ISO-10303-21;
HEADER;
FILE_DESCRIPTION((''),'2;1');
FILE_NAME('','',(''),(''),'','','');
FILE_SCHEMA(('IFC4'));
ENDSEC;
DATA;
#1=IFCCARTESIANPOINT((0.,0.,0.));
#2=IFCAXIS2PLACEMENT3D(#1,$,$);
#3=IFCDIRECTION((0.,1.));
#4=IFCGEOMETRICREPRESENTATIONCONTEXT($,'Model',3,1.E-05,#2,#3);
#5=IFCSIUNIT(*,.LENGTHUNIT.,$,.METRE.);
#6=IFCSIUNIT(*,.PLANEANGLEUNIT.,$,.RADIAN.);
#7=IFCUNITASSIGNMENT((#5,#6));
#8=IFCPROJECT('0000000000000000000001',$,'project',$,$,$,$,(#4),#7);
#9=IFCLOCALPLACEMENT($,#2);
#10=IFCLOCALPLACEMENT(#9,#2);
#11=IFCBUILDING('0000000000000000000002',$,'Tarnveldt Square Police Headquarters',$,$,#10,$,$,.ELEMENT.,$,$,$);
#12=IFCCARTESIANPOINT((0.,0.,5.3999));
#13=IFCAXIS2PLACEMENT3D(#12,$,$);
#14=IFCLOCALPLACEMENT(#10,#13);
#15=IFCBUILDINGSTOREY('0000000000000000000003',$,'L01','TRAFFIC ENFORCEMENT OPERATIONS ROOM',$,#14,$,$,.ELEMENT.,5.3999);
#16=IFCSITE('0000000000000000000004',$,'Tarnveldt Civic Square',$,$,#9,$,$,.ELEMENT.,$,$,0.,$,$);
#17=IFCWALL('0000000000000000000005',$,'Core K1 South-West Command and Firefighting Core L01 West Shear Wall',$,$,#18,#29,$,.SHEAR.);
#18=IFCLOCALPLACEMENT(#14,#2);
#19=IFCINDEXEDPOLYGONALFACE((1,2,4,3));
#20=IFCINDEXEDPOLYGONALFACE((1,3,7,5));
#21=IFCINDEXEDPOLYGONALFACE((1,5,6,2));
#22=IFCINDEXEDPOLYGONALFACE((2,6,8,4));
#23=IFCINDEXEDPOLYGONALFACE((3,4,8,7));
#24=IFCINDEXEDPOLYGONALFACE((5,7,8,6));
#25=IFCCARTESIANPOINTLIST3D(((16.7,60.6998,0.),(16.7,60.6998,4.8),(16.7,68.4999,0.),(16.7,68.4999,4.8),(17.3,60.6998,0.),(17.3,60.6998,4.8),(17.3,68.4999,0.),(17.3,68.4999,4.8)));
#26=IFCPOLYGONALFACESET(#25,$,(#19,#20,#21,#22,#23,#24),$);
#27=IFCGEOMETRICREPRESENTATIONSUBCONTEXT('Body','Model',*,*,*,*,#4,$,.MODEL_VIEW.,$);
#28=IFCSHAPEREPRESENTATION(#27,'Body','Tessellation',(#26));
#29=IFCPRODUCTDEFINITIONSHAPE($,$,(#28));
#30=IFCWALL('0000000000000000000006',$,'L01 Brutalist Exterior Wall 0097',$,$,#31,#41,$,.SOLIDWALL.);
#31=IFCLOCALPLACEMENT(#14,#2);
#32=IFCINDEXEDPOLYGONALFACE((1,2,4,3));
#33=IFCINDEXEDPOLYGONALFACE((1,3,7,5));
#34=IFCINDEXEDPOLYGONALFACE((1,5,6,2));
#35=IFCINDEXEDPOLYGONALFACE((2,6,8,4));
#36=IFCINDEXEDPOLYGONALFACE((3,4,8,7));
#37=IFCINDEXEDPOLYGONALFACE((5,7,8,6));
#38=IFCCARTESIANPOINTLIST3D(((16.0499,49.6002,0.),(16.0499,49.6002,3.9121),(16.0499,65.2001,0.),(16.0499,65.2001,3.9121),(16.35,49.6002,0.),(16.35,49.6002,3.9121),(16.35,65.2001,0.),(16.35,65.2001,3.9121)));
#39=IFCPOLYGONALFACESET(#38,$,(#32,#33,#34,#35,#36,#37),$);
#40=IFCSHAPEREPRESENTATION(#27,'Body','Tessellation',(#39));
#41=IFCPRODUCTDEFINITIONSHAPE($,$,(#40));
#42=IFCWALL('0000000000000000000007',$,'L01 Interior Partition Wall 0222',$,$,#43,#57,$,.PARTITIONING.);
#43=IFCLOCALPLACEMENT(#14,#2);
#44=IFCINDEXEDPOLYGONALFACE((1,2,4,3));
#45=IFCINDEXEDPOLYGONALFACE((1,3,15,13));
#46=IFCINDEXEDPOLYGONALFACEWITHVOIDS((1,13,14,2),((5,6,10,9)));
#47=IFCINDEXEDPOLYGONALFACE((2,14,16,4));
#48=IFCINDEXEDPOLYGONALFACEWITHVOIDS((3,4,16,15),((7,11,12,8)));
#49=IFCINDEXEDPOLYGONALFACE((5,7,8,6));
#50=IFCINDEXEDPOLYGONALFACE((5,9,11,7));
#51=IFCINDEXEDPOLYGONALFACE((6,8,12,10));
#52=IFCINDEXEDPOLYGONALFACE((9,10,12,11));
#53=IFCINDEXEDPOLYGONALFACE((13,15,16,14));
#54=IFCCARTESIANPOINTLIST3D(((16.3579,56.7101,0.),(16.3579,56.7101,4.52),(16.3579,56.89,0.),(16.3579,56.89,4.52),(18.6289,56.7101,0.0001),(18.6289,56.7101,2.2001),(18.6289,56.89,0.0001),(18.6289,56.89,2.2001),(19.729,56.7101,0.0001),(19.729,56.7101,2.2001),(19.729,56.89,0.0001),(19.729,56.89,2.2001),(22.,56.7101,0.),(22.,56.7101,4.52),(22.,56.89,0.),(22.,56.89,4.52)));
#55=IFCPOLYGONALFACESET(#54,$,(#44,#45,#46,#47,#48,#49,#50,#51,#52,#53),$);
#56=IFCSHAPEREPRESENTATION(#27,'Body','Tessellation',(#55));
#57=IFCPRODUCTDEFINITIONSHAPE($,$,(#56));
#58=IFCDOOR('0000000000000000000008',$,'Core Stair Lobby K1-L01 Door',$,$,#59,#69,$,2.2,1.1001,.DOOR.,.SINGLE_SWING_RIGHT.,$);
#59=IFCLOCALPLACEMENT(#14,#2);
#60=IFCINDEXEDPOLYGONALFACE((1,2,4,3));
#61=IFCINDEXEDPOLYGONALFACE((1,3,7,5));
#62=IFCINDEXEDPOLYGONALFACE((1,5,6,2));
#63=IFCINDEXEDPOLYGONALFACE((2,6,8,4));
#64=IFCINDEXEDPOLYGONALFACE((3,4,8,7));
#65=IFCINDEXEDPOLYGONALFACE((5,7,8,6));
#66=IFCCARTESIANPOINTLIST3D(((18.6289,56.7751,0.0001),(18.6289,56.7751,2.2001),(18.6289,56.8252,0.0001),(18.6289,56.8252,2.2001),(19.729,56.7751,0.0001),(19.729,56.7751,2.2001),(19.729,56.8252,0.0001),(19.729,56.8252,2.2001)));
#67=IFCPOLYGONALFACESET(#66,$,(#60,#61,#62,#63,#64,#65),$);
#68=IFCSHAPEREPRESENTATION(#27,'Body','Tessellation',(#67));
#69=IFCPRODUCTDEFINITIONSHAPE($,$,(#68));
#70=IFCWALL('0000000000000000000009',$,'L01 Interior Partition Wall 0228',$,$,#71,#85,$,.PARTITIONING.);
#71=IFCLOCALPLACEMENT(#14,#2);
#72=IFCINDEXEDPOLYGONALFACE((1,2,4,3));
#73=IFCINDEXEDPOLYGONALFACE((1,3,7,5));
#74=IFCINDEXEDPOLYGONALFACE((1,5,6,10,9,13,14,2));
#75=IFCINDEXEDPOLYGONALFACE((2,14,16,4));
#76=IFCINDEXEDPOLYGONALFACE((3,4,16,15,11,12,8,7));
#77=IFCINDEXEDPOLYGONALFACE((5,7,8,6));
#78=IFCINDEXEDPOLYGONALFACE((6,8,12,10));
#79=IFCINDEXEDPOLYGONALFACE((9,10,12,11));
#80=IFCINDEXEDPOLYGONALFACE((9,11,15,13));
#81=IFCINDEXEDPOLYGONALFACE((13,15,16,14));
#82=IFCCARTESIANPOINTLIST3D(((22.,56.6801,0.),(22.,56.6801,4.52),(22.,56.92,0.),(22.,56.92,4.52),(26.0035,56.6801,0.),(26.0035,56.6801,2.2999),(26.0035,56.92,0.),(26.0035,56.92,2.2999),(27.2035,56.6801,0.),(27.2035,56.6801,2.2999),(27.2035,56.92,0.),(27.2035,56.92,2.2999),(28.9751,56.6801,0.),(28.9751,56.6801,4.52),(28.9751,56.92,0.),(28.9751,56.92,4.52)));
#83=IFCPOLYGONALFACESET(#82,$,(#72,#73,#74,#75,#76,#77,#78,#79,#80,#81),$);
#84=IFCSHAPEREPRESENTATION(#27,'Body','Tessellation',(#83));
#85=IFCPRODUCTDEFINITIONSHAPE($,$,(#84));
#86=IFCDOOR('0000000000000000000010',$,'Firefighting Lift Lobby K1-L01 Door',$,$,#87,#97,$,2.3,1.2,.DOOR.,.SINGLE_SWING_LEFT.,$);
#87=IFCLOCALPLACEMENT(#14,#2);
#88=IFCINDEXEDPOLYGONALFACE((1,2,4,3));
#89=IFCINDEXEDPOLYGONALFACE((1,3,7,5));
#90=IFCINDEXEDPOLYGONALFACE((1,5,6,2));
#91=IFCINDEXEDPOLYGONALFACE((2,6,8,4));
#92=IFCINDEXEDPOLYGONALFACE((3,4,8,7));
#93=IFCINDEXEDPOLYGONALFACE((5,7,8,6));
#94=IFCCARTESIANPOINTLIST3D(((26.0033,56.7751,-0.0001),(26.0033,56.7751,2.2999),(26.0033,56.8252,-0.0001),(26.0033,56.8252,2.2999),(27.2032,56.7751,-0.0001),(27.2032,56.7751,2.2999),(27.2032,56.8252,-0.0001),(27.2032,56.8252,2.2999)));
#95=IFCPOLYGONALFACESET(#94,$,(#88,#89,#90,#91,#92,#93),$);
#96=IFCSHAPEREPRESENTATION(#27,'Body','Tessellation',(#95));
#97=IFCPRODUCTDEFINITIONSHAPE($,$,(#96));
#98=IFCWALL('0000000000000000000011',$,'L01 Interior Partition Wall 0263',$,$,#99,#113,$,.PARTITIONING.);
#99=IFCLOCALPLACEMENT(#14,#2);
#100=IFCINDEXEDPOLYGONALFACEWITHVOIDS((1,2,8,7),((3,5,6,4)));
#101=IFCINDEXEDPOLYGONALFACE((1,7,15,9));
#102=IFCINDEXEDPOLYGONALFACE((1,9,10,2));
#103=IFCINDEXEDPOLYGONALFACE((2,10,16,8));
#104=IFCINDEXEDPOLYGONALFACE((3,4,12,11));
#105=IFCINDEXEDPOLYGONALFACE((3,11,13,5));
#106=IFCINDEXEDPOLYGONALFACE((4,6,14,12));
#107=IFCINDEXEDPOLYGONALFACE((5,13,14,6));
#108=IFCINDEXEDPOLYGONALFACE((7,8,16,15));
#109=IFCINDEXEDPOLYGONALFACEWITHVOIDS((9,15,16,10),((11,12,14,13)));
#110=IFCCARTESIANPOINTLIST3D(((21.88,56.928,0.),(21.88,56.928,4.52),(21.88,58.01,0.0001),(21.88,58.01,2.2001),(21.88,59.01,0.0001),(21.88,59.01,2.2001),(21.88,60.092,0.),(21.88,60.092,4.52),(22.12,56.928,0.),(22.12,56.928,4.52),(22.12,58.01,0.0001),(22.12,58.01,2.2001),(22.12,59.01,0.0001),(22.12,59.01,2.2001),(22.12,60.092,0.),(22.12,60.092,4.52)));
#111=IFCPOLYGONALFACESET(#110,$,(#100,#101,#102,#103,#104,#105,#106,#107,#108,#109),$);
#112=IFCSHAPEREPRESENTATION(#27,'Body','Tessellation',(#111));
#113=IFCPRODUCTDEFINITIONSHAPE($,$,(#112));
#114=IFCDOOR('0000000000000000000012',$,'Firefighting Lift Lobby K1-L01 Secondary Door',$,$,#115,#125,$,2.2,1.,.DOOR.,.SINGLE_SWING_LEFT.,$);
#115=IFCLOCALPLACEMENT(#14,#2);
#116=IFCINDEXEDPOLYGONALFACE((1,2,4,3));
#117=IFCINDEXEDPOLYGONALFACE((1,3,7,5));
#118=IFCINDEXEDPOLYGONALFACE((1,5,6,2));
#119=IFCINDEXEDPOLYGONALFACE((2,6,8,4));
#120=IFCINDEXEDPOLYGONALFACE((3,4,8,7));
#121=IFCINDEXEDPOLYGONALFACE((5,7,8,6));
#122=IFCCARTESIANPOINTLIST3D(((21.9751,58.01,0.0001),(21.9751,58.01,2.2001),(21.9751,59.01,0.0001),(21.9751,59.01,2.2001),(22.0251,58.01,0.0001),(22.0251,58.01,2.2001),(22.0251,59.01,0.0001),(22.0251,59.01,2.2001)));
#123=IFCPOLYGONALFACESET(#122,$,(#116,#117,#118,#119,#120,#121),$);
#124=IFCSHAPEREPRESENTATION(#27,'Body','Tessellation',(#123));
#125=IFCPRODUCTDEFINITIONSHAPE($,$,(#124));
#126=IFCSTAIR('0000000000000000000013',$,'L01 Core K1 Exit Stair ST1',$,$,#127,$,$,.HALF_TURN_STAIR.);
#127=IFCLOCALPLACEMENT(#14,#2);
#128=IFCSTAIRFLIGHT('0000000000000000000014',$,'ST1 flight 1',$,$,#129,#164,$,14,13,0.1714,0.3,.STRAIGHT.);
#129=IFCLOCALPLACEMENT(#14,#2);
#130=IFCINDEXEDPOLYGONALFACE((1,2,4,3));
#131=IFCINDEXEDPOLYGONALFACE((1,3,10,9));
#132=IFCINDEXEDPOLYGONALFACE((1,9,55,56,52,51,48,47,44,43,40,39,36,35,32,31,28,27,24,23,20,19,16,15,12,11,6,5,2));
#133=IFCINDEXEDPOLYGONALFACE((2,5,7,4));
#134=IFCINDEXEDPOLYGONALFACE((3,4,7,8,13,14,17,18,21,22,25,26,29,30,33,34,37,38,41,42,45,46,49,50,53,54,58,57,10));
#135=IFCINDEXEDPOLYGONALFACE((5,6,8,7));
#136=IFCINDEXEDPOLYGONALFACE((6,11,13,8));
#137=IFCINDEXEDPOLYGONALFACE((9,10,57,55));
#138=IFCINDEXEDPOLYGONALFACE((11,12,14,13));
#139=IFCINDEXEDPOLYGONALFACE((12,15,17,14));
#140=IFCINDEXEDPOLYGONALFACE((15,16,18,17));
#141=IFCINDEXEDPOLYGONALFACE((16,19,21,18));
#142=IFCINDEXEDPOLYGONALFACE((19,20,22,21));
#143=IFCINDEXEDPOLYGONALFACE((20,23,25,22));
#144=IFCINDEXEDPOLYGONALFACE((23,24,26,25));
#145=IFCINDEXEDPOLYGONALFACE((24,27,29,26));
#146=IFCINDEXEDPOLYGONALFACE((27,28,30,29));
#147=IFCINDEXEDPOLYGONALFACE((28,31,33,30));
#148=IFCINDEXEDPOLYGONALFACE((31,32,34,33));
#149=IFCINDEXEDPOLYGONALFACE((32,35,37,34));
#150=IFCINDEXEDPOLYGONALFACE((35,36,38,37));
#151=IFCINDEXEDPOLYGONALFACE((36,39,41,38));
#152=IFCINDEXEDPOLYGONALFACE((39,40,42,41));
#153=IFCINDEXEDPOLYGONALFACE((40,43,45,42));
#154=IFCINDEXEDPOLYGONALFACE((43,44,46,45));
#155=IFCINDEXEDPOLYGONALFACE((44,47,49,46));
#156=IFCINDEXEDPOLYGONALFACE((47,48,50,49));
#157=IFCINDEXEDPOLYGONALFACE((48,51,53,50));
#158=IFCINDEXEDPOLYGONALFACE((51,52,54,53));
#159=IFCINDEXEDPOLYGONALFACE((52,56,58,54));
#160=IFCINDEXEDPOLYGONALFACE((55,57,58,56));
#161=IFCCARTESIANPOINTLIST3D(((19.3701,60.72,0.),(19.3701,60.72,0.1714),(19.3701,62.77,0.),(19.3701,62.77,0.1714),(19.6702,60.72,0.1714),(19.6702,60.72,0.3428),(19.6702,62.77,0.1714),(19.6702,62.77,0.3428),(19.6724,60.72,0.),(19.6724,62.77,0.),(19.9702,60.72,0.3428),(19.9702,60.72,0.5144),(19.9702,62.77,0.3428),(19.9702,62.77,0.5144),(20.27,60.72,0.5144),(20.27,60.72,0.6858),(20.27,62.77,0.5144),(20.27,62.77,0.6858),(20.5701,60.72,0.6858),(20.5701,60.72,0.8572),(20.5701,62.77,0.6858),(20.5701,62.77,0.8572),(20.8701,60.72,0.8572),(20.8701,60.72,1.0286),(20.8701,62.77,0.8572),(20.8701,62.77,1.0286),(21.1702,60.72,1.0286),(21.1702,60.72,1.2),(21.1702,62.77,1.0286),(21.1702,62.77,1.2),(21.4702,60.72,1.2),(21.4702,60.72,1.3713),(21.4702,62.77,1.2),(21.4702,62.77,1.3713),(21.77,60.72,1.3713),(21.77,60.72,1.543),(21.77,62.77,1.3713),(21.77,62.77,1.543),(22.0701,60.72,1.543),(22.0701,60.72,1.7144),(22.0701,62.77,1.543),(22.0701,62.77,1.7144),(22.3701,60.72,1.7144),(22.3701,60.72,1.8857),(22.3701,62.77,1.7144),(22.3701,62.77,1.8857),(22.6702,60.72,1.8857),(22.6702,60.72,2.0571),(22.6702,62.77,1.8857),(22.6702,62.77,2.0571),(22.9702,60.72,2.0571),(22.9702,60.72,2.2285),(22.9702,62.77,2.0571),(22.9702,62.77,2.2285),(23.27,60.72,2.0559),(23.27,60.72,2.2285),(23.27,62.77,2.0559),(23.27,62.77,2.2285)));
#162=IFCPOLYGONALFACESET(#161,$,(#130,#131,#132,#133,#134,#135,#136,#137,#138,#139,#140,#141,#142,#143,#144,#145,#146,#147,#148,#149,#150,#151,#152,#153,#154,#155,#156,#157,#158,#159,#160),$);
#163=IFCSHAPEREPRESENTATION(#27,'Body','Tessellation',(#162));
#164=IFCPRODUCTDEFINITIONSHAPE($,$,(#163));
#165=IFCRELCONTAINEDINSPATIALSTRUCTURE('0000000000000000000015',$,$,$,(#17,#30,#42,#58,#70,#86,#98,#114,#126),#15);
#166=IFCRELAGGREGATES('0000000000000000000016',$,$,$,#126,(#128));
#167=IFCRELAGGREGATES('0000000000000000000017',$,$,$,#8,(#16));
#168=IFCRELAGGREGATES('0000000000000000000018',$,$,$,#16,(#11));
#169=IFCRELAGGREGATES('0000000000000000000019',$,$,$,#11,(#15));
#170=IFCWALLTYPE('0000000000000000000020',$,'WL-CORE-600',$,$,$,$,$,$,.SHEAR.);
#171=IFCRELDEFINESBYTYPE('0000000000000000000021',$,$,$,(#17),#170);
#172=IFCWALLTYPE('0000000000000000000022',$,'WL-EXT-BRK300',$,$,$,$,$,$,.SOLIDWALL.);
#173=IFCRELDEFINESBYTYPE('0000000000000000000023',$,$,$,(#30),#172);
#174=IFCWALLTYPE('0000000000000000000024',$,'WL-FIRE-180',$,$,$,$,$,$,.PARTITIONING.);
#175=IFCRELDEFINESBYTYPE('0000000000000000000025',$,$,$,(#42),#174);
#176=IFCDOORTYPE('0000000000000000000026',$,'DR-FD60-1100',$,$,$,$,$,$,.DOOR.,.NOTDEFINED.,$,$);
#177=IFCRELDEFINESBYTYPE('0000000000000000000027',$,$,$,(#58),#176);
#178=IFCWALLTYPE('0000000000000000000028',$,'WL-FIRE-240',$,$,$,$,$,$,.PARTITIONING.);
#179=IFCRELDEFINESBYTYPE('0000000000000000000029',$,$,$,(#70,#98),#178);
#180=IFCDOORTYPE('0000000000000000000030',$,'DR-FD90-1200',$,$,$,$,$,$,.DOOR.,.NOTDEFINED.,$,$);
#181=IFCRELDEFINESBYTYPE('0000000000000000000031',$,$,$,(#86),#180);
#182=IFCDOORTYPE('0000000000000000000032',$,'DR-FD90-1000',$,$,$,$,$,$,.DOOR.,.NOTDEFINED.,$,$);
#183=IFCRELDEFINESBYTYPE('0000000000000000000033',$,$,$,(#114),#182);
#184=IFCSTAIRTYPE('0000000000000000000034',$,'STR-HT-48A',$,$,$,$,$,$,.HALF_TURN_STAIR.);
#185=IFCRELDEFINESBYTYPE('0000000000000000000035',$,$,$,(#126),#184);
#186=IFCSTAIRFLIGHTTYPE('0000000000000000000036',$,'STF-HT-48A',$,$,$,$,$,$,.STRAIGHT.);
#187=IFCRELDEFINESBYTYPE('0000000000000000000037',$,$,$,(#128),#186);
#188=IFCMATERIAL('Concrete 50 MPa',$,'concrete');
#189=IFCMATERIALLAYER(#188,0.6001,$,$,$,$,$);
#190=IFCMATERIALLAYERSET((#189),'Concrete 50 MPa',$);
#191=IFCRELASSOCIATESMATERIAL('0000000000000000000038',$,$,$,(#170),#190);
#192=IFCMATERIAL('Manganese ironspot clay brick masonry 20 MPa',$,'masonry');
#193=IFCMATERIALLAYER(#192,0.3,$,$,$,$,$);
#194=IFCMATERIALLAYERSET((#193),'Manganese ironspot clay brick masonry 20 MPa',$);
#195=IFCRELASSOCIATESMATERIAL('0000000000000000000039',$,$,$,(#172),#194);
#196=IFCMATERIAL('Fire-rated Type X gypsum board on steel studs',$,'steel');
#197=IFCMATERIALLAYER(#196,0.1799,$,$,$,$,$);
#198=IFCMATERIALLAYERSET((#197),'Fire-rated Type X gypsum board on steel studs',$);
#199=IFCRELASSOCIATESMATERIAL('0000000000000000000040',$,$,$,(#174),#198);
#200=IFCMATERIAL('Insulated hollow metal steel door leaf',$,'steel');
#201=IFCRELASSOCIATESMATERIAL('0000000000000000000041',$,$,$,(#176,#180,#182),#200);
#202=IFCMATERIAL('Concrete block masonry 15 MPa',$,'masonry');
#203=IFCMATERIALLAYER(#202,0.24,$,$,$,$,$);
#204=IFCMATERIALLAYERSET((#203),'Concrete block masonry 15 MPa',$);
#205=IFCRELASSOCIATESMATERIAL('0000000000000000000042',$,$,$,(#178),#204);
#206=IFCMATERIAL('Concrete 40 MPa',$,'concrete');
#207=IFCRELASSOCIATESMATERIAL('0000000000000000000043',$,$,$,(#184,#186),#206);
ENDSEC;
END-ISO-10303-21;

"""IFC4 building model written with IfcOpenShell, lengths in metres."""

from ifc_helpers import new_model, si_unit, direction, frame, frame_2d, origin, place, context, subcontext, project, spatial, polyline, rectangle, outline, extrude, material, layer, layer_set, type_object, element, fill, aggregate, save


model = new_model("IFC4")

# Units and contexts
model_context = context("Model", 3, precision=1e-05, world=origin(), true_north=direction((0.0, 1.0)))
body_context = subcontext(model_context, "Body", "Model", "MODEL_VIEW")
ifc_project = project(units=[si_unit("LENGTHUNIT", "METRE"), si_unit("PLANEANGLEUNIT", "RADIAN")], contexts=[model_context])

# Site, building, storey
site_placement = place(None, origin())
site = spatial("IfcSite", under=ifc_project, at=site_placement, Name="Tarnveldt Civic Square", CompositionType="ELEMENT", RefElevation=0.0)
building_placement = place(site_placement, origin())
building = spatial("IfcBuilding", under=site, at=building_placement, Name="Tarnveldt Square Police Headquarters", CompositionType="ELEMENT")
storey_placement = place(building_placement, frame((0.0, 0.0, 5.3999)))
storey = spatial("IfcBuildingStorey", under=building, at=storey_placement, Name="L01", Description="TRAFFIC ENFORCEMENT OPERATIONS ROOM", CompositionType="ELEMENT", Elevation=5.3999)

# Shared definitions
ifc_material_1 = material(Name="Concrete 50 MPa", Category="concrete")

# Shared definitions
ifc_material_2 = material(Name="Concrete 40 MPa", Category="concrete")

# Shared definitions
ifc_layer_1 = layer(ifc_material_1, 0.6001)
ifc_layer_set_1 = layer_set([ifc_layer_1], Name="Concrete 50 MPa")
wall_type_1 = type_object("IfcWallType", Name="WL-CORE-600", PredefinedType="SHEAR", material=ifc_layer_set_1)
ifc_material_3 = material(Name="Insulated hollow metal steel door leaf", Category="steel")

# Walls
wall_1_placement = place(storey_placement, frame((17.0, 60.7, 0.0), z_axis=(0.0, 0.0, 1.0), x_axis=(0.0, 1.0, 0.0)))
element("IfcWall", 1, at=wall_1_placement, inside=storey, type_object=wall_type_1, Name="Core K1 South-West Command and Firefighting Core L01 West Shear Wall", PredefinedType="SHEAR", context=body_context, shape_type="SweptSolid", body=[
    extrude(rectangle(XDim=7.8, YDim=0.6001, at=frame_2d((3.8999, 0.0))), origin(), (0.0, 0.0, 1.0), 4.8),
])
ifc_material_4 = material(Name="Manganese ironspot clay brick masonry 20 MPa", Category="masonry")
ifc_layer_2 = layer(ifc_material_4, 0.3)
ifc_layer_set_2 = layer_set([ifc_layer_2], Name="Manganese ironspot clay brick masonry 20 MPa")
wall_type_2 = type_object("IfcWallType", Name="WL-EXT-BRK300", PredefinedType="SOLIDWALL", material=ifc_layer_set_2)
wall_2_placement = place(storey_placement, frame((16.2, 65.2, 0.0), z_axis=(0.0, 0.0, 1.0), x_axis=(0.0, -1.0, 0.0)))
element("IfcWall", 2, at=wall_2_placement, inside=storey, type_object=wall_type_2, Name="L01 Brutalist Exterior Wall 0097", PredefinedType="SOLIDWALL", context=body_context, shape_type="SweptSolid", body=[
    extrude(rectangle(XDim=15.5999, YDim=0.3, at=frame_2d((7.7998, 0.0))), origin(), (0.0, 0.0, 1.0), 3.9121),
])

# Walls, openings, doors
ifc_material_5 = material(Name="Fire-rated Type X gypsum board on steel studs", Category="steel")
ifc_layer_3 = layer(ifc_material_5, 0.1799)
ifc_layer_set_3 = layer_set([ifc_layer_3], Name="Fire-rated Type X gypsum board on steel studs")
wall_type_3 = type_object("IfcWallType", Name="WL-FIRE-180", PredefinedType="PARTITIONING", material=ifc_layer_set_3)
wall_3_placement = place(storey_placement, frame((16.3579, 56.8, 0.0), z_axis=(0.0, 0.0, 1.0), x_axis=(1.0, 0.0, 0.0)))
wall_3 = element("IfcWall", 3, at=wall_3_placement, inside=storey, type_object=wall_type_3, Name="L01 Interior Partition Wall 0222", PredefinedType="PARTITIONING", context=body_context, shape_type="SweptSolid", body=[
    extrude(rectangle(XDim=5.6421, YDim=0.1799, at=frame_2d((2.821, 0.0))), origin(), (0.0, 0.0, 1.0), 4.52),
])
opening_1_placement = place(wall_3_placement, frame((2.271, 0.0, 0.0)))
opening_1 = element("IfcOpeningElement", 4, at=opening_1_placement, cuts=wall_3, PredefinedType="OPENING", context=body_context, shape_type="SweptSolid", body=[
    extrude(rectangle(XDim=1.1001, YDim=2.2, at=frame_2d((0.55, 1.1001))), frame((0.0, 0.0999, 0.0), z_axis=(0.0, -1.0, 0.0), x_axis=(1.0, 0.0, 0.0)), (0.0, 0.0, 1.0), 0.2),
])
door_type_1 = type_object("IfcDoorType", Name="DR-FD60-1100", OperationType="NOTDEFINED", PredefinedType="DOOR", material=ifc_material_3)
door_1_placement = place(opening_1_placement, frame((1.1001, 0.0, 0.0), z_axis=(0.0, 0.0, 1.0), x_axis=(-1.0, 0.0, 0.0)))
door_1 = element("IfcDoor", 5, at=door_1_placement, inside=storey, type_object=door_type_1, Name="Core Stair Lobby K1-L01 Door", OperationType="SINGLE_SWING_RIGHT", OverallHeight=2.2, OverallWidth=1.1001, PredefinedType="DOOR", context=body_context, shape_type="SweptSolid", body=[
    extrude(rectangle(XDim=1.1001, YDim=2.2, at=frame_2d((0.55, 1.1001))), frame((0.0, 0.0249, 0.0), z_axis=(0.0, -1.0, 0.0), x_axis=(1.0, 0.0, 0.0)), (0.0, 0.0, 1.0), 0.05),
])
fill(opening_1, door_1)
ifc_material_6 = material(Name="Concrete block masonry 15 MPa", Category="masonry")
ifc_layer_4 = layer(ifc_material_6, 0.24)
ifc_layer_set_4 = layer_set([ifc_layer_4], Name="Concrete block masonry 15 MPa")
wall_type_4 = type_object("IfcWallType", Name="WL-FIRE-240", PredefinedType="PARTITIONING", material=ifc_layer_set_4)
wall_4_placement = place(storey_placement, frame((22.0, 56.8, 0.0), z_axis=(0.0, 0.0, 1.0), x_axis=(1.0, 0.0, 0.0)))
wall_4 = element("IfcWall", 6, at=wall_4_placement, inside=storey, type_object=wall_type_4, Name="L01 Interior Partition Wall 0228", PredefinedType="PARTITIONING", context=body_context, shape_type="SweptSolid", body=[
    extrude(rectangle(XDim=6.9751, YDim=0.24, at=frame_2d((3.4875, 0.0))), origin(), (0.0, 0.0, 1.0), 4.52),
])
opening_2_placement = place(wall_4_placement, frame((4.0034, 0.0, 0.0)))
opening_2 = element("IfcOpeningElement", 7, at=opening_2_placement, cuts=wall_4, PredefinedType="OPENING", context=body_context, shape_type="SweptSolid", body=[
    extrude(rectangle(XDim=1.2, YDim=2.3, at=frame_2d((0.6001, 1.1499))), frame((0.0, 0.1299, 0.0), z_axis=(0.0, -1.0, 0.0), x_axis=(1.0, 0.0, 0.0)), (0.0, 0.0, 1.0), 0.26),
])
door_type_2 = type_object("IfcDoorType", Name="DR-FD90-1200", OperationType="NOTDEFINED", PredefinedType="DOOR", material=ifc_material_3)
door_2_placement = place(opening_2_placement, frame((1.2, 0.0, 0.0), z_axis=(0.0, 0.0, 1.0), x_axis=(-1.0, 0.0, 0.0)))
door_2 = element("IfcDoor", 8, at=door_2_placement, inside=storey, type_object=door_type_2, Name="Firefighting Lift Lobby K1-L01 Door", OperationType="SINGLE_SWING_LEFT", OverallHeight=2.3, OverallWidth=1.2, PredefinedType="DOOR", context=body_context, shape_type="SweptSolid", body=[
    extrude(rectangle(XDim=1.2, YDim=2.3, at=frame_2d((0.6001, 1.1499))), frame((0.0, 0.0249, 0.0), z_axis=(0.0, -1.0, 0.0), x_axis=(1.0, 0.0, 0.0)), (0.0, 0.0, 1.0), 0.05),
])
fill(opening_2, door_2)
wall_5_placement = place(storey_placement, frame((22.0, 56.928, 0.0), z_axis=(0.0, 0.0, 1.0), x_axis=(0.0, 1.0, 0.0)))
wall_5 = element("IfcWall", 9, at=wall_5_placement, inside=storey, type_object=wall_type_4, Name="L01 Interior Partition Wall 0263", PredefinedType="PARTITIONING", context=body_context, shape_type="SweptSolid", body=[
    extrude(rectangle(XDim=3.1641, YDim=0.24, at=frame_2d((1.582, 0.0))), origin(), (0.0, 0.0, 1.0), 4.52),
])
opening_3_placement = place(wall_5_placement, frame((1.082, 0.0, 0.0)))
opening_3 = element("IfcOpeningElement", 10, at=opening_3_placement, cuts=wall_5, PredefinedType="OPENING", context=body_context, shape_type="SweptSolid", body=[
    extrude(rectangle(XDim=1.0, YDim=2.2, at=frame_2d((0.5, 1.1001))), frame((0.0, 0.1299, 0.0), z_axis=(0.0, -1.0, 0.0), x_axis=(1.0, 0.0, 0.0)), (0.0, 0.0, 1.0), 0.26),
])
door_type_3 = type_object("IfcDoorType", Name="DR-FD90-1000", OperationType="NOTDEFINED", PredefinedType="DOOR", material=ifc_material_3)
door_3_placement = place(opening_3_placement, origin())
door_3 = element("IfcDoor", 11, at=door_3_placement, inside=storey, type_object=door_type_3, Name="Firefighting Lift Lobby K1-L01 Secondary Door", OperationType="SINGLE_SWING_LEFT", OverallHeight=2.2, OverallWidth=1.0, PredefinedType="DOOR", context=body_context, shape_type="SweptSolid", body=[
    extrude(rectangle(XDim=1.0, YDim=2.2, at=frame_2d((0.5, 1.1001))), frame((0.0, 0.0249, 0.0), z_axis=(0.0, -1.0, 0.0), x_axis=(1.0, 0.0, 0.0)), (0.0, 0.0, 1.0), 0.05),
])
fill(opening_3, door_3)

# Stair, stair flight
stair_type = type_object("IfcStairType", Name="STR-HT-48A", PredefinedType="HALF_TURN_STAIR", material=ifc_material_2)
stair_placement = place(storey_placement, origin())
stair = element("IfcStair", 12, at=stair_placement, inside=storey, type_object=stair_type, Name="L01 Core K1 Exit Stair ST1", PredefinedType="HALF_TURN_STAIR")
stair_flight_type = type_object("IfcStairFlightType", Name="STF-HT-48A", PredefinedType="STRAIGHT", material=ifc_material_2)
stair_flight_placement = place(storey_placement, frame((19.3701, 61.7451, 0.0), z_axis=(0.0, 0.0, 1.0), x_axis=(1.0, 0.0, 0.0)))
stair_flight = element("IfcStairFlight", 13, at=stair_flight_placement, type_object=stair_flight_type, Name="ST1 flight 1", NumberOfRisers=14, NumberOfTreads=13, PredefinedType="STRAIGHT", RiserHeight=0.1714, TreadLength=0.3, context=body_context, shape_type="SweptSolid", body=[
    extrude(outline(polyline([(0.0, 0.0), (0.0, 0.1714), (0.3, 0.1714), (0.3, 0.3428), (0.6001, 0.3428), (0.6001, 0.5144), (0.8999, 0.5144), (0.8999, 0.6858), (1.2, 0.6858), (1.2, 0.8572), (1.5, 0.8572), (1.5, 1.0286), (1.8, 1.0286), (1.8, 1.2), (2.1001, 1.2), (2.1001, 1.3713), (2.3999, 1.3713), (2.3999, 1.543), (2.7, 1.543), (2.7, 1.7144), (3.0, 1.7144), (3.0, 1.8857), (3.3, 1.8857), (3.3, 2.0571), (3.6001, 2.0571), (3.6001, 2.2285), (3.8999, 2.2285), (3.8999, 2.3999), (3.8999, 2.0559), (0.3022, 0.0), (0.0, 0.0)])), frame((0.0, 1.0249, 0.0), z_axis=(0.0, -1.0, 0.0), x_axis=(1.0, 0.0, 0.0)), (0.0, 0.0, 1.0), 2.05),
])
aggregate(stair, [stair_flight])

save(model, "model.ifc")
